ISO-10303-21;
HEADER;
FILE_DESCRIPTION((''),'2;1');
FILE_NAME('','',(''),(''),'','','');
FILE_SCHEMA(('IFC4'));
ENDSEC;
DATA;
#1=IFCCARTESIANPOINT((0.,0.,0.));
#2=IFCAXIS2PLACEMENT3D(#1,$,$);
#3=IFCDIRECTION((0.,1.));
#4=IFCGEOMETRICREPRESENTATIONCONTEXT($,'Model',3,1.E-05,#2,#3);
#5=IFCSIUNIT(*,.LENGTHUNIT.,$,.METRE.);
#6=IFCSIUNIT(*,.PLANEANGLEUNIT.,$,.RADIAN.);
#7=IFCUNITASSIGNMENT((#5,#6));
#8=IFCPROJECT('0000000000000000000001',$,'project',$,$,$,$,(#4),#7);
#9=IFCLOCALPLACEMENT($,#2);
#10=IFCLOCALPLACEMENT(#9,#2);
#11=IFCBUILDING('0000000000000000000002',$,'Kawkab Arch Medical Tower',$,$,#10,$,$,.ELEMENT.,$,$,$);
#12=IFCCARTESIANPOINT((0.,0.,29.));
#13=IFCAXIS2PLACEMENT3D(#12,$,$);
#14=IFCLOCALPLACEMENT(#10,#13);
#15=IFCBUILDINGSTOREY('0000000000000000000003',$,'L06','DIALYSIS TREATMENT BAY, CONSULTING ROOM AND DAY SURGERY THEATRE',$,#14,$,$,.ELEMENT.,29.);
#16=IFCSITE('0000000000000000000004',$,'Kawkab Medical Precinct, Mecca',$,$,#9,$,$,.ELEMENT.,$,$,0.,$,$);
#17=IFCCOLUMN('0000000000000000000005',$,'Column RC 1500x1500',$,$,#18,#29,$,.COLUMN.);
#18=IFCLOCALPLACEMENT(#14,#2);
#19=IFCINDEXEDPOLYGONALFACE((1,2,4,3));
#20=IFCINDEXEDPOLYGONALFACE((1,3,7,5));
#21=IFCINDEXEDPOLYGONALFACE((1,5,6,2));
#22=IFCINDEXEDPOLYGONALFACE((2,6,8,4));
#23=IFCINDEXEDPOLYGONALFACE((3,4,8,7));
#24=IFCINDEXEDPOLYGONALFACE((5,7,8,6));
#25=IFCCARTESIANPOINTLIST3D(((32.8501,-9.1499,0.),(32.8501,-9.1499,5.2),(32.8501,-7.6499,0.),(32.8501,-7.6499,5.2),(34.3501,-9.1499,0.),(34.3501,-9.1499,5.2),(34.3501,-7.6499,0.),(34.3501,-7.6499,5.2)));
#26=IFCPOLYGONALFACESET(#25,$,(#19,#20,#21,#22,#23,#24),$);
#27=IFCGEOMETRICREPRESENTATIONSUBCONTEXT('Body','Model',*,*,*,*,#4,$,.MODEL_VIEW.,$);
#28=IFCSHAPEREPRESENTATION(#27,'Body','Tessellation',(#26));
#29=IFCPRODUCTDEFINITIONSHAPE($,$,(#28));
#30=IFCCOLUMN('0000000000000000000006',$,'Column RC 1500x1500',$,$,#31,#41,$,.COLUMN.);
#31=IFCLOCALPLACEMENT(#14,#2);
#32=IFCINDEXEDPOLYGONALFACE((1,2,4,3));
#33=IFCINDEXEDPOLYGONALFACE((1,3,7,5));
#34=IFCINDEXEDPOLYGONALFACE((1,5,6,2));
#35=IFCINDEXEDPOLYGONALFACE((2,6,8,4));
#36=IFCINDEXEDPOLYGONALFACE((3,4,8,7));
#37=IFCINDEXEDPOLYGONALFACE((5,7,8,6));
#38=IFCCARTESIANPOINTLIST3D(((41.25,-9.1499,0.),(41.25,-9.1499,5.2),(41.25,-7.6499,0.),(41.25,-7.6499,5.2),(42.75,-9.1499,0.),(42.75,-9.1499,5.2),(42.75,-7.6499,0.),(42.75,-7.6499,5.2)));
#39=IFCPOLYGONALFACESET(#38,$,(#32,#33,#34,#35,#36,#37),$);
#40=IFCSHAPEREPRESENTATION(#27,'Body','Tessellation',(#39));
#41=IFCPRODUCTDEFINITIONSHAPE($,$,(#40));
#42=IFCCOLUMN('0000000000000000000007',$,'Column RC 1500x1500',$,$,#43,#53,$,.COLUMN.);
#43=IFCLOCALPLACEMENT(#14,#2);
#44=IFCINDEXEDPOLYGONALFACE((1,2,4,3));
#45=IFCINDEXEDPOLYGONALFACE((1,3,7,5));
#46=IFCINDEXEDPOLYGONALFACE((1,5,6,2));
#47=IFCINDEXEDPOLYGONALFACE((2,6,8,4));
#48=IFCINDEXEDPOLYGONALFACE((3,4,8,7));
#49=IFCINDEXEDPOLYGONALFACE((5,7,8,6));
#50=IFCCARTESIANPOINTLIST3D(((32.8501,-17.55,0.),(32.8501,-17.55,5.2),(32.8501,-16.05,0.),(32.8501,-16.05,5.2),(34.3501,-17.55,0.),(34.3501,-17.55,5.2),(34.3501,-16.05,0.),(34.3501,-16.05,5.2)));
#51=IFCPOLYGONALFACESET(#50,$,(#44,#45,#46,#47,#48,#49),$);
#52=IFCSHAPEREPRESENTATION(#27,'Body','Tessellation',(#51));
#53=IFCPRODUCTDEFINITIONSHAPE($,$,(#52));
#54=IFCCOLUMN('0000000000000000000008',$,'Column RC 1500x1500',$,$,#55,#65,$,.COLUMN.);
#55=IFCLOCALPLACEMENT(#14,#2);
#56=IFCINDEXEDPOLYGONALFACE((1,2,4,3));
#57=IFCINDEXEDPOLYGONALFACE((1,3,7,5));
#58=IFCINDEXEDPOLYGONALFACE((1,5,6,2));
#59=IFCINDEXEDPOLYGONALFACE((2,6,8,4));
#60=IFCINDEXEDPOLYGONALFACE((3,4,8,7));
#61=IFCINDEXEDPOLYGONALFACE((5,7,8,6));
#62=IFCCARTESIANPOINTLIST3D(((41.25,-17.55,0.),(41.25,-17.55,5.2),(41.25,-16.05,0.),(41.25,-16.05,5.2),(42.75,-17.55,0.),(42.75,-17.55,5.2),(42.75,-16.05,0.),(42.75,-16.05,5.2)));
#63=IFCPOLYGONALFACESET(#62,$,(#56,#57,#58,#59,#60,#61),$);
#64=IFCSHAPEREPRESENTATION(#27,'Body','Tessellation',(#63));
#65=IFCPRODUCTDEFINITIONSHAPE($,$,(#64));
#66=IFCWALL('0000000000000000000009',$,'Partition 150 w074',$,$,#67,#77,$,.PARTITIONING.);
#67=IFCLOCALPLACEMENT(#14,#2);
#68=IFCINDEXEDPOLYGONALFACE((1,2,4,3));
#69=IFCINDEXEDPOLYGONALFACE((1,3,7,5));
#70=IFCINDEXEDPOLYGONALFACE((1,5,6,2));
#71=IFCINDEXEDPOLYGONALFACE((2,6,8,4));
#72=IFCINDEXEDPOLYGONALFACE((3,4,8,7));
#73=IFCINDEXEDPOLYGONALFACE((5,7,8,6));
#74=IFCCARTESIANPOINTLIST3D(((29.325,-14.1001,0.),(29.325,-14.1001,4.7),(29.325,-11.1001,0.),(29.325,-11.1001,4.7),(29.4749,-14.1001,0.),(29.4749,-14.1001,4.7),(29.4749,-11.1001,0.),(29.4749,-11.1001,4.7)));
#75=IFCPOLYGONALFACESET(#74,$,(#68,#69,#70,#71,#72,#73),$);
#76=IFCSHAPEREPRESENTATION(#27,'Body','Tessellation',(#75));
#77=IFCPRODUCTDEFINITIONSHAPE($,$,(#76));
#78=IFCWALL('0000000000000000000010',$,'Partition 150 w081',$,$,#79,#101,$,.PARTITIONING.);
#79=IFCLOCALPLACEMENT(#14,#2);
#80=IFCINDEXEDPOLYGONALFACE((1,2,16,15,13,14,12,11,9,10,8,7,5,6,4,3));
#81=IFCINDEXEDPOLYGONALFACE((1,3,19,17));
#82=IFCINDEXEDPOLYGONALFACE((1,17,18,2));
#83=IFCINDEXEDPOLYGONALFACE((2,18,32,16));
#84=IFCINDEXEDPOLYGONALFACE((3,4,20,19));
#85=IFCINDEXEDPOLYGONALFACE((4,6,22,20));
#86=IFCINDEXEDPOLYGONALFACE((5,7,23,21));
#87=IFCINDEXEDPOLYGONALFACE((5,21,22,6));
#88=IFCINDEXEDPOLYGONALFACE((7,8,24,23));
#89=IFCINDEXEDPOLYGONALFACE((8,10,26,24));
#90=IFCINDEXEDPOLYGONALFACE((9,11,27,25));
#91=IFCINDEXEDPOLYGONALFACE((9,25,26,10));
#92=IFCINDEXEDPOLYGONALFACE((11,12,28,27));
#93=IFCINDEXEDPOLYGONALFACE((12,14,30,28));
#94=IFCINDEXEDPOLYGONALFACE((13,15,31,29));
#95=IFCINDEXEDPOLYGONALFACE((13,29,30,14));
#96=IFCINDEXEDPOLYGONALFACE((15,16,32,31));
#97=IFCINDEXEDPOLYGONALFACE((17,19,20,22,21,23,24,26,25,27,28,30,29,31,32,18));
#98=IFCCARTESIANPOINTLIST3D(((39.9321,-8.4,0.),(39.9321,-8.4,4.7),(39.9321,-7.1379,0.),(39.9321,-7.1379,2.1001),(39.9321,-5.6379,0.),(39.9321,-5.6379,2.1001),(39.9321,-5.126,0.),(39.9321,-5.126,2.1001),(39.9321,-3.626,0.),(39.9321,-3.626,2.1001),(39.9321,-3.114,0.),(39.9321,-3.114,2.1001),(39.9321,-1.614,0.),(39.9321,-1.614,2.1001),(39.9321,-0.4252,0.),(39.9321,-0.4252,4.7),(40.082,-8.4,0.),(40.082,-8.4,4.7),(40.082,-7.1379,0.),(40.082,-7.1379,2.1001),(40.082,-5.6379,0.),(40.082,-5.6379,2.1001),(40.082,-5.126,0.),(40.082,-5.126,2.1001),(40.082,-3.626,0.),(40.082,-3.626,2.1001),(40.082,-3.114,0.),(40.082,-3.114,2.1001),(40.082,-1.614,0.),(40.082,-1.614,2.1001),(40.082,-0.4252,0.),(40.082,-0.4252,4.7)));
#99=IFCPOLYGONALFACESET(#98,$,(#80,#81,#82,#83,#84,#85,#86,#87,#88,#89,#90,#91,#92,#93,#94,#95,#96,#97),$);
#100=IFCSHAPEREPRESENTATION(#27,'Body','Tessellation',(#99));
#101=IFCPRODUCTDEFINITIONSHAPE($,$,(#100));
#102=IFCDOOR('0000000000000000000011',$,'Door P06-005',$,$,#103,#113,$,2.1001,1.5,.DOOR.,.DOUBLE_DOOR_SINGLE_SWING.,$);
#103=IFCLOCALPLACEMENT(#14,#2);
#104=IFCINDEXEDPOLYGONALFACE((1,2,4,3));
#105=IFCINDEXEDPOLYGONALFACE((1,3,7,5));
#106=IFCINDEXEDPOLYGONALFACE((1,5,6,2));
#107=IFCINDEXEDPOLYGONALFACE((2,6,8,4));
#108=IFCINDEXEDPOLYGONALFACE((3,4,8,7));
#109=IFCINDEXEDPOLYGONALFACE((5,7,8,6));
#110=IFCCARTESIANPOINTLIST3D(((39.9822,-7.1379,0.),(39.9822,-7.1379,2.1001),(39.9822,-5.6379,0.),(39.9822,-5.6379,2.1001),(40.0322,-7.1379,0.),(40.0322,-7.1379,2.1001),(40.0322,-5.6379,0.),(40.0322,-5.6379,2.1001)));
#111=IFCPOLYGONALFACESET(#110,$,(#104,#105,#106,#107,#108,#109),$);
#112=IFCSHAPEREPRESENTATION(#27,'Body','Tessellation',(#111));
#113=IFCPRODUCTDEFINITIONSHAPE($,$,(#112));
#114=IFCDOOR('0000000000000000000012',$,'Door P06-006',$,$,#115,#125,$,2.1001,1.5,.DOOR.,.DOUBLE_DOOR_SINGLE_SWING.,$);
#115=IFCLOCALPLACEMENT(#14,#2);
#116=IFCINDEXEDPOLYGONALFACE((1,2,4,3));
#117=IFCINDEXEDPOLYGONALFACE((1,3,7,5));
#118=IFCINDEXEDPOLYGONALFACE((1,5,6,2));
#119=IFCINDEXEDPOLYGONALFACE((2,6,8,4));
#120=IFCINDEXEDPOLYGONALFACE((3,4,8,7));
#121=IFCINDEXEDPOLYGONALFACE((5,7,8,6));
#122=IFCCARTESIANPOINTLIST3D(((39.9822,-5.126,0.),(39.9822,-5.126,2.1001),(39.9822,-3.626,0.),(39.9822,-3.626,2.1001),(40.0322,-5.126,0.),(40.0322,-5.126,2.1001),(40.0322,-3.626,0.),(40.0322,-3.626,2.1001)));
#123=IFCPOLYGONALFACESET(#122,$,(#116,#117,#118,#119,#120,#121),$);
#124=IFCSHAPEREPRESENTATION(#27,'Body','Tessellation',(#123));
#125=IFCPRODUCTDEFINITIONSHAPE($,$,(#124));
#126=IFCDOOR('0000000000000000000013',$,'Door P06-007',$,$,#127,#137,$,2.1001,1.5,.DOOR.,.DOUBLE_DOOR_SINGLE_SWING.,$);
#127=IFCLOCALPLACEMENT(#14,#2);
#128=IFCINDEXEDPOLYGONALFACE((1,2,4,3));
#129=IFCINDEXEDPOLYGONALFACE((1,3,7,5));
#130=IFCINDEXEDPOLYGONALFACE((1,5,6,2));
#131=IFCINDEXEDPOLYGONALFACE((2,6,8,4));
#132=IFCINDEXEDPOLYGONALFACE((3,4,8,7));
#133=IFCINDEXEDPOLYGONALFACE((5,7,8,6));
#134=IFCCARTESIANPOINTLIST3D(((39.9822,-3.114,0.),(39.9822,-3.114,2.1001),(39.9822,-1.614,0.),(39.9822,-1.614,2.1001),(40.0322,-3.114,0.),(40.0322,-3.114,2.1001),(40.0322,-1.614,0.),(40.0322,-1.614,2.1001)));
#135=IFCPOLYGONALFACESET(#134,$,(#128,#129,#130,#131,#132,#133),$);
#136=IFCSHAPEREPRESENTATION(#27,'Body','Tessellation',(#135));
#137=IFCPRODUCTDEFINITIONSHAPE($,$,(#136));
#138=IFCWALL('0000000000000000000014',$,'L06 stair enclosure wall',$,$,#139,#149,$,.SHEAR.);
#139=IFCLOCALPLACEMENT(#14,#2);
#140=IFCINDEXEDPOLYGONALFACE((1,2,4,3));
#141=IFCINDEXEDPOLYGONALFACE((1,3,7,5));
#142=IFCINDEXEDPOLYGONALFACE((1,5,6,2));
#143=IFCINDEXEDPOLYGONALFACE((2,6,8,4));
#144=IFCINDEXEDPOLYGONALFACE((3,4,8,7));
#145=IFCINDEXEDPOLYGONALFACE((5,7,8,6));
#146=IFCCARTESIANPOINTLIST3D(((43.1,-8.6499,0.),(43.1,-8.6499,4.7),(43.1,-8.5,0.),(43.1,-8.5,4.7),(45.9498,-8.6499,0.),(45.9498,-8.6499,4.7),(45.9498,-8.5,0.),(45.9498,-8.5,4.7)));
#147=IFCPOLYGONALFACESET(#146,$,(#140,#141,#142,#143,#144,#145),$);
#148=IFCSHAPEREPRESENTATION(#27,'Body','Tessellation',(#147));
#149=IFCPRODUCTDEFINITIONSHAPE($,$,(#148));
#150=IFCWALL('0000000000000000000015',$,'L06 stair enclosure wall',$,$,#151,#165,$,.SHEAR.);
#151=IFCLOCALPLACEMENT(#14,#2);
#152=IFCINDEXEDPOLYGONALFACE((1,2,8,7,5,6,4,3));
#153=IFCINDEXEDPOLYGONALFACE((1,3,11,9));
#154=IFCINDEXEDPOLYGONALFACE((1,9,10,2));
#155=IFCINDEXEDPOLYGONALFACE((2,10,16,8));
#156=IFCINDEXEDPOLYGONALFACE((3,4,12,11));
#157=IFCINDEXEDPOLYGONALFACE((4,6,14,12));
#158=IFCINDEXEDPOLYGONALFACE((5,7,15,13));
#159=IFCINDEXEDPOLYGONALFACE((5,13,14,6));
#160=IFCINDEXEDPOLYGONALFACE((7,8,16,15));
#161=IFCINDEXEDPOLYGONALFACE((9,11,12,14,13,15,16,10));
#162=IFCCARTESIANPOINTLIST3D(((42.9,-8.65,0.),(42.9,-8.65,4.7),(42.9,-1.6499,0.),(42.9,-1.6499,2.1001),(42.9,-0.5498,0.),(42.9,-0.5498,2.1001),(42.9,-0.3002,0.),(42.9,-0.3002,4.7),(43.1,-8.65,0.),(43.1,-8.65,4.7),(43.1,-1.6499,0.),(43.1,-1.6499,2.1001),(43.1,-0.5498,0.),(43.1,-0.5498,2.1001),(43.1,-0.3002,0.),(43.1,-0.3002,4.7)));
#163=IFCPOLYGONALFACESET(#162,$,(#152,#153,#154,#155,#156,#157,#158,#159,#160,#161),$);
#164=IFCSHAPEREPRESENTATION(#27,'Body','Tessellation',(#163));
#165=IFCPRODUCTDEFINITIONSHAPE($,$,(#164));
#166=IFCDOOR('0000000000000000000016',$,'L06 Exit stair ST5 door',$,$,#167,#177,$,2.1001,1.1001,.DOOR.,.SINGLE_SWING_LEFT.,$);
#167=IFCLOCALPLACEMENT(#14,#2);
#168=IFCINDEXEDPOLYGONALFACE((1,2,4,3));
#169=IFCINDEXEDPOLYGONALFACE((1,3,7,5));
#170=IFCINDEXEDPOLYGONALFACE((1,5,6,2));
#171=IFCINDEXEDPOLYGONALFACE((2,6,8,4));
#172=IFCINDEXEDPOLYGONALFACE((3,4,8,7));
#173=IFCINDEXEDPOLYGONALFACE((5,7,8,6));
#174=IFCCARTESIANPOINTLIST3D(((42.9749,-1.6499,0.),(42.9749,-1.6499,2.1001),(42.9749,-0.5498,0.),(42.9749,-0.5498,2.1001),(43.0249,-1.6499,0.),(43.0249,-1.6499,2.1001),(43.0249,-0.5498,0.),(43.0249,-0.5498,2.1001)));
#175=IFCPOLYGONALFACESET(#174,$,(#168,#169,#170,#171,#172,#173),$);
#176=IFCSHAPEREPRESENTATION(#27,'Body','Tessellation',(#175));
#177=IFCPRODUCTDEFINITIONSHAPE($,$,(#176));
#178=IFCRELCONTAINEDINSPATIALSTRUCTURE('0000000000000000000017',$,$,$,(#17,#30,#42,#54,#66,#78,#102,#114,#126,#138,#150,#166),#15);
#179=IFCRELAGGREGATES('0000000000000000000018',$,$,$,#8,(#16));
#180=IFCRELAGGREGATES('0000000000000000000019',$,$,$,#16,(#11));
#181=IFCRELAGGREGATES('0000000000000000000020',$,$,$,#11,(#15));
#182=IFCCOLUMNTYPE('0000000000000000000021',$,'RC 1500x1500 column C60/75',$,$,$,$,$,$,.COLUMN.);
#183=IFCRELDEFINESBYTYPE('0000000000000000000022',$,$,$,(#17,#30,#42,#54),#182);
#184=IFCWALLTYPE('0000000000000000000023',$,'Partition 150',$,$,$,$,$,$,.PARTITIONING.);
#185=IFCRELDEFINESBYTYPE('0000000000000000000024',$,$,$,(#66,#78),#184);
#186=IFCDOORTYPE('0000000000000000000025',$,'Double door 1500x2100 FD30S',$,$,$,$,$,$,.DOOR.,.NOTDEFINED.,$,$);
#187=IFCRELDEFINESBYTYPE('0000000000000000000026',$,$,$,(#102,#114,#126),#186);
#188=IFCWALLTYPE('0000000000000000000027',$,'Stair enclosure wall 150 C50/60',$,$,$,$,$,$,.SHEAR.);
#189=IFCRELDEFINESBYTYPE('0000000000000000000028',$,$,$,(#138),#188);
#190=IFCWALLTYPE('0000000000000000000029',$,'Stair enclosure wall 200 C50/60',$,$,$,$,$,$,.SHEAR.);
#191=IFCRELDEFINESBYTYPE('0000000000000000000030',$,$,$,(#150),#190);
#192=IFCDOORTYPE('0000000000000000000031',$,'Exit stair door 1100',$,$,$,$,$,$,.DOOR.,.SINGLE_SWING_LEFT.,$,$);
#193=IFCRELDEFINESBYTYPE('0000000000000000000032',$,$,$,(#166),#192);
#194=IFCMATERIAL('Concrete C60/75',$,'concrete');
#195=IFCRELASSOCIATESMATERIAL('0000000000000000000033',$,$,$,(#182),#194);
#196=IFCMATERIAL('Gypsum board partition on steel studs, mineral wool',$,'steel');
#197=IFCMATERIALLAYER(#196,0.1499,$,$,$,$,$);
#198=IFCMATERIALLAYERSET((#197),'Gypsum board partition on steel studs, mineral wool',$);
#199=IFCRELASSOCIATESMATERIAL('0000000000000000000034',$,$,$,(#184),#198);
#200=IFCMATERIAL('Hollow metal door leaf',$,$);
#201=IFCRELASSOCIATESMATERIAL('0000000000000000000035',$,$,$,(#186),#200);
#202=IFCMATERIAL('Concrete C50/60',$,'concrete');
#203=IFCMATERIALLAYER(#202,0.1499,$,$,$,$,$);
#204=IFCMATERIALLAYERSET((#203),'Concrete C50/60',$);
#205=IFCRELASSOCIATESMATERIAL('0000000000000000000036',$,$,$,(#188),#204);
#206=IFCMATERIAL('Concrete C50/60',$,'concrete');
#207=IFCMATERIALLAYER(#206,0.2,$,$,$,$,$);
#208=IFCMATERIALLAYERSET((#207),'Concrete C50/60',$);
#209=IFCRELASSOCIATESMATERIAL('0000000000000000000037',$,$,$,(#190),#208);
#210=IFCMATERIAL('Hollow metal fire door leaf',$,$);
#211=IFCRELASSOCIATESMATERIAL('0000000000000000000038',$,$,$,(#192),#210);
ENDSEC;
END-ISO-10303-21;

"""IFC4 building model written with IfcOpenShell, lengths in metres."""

from ifc_helpers import new_model, si_unit, direction, frame, frame_2d, origin, origin_2d, place, context, subcontext, project, spatial, rectangle, extrude, material, layer, layer_set, material_profile, profile_set, type_object, element, fill, save


model = new_model("IFC4")

# Units and contexts
model_context = context("Model", 3, precision=1e-05, world=origin(), true_north=direction((0.0, 1.0)))
body_context = subcontext(model_context, "Body", "Model", "MODEL_VIEW")
ifc_project = project(units=[si_unit("LENGTHUNIT", "METRE"), si_unit("PLANEANGLEUNIT", "RADIAN")], contexts=[model_context])

# Site, building, storey
site_placement = place(None, origin())
site = spatial("IfcSite", under=ifc_project, at=site_placement, Name="Kawkab Medical Precinct, Mecca", CompositionType="ELEMENT", RefElevation=0.0)
building_placement = place(site_placement, origin())
building = spatial("IfcBuilding", under=site, at=building_placement, Name="Kawkab Arch Medical Tower", CompositionType="ELEMENT")
storey_placement = place(building_placement, frame((0.0, 0.0, 29.0)))
storey = spatial("IfcBuildingStorey", under=building, at=storey_placement, Name="L06", Description="DIALYSIS TREATMENT BAY, CONSULTING ROOM AND DAY SURGERY THEATRE", CompositionType="ELEMENT", Elevation=29.0)

# Columns
ifc_material_1 = material(Name="Concrete C60/75", Category="concrete")
ifc_material_profile = material_profile(ifc_material_1, rectangle(XDim=1.5, YDim=1.5, at=origin_2d()), Name="RC 1500x1500")
ifc_profile_set = profile_set([ifc_material_profile], Name="Concrete C60/75")
column_type = type_object("IfcColumnType", Name="RC 1500x1500 column C60/75", PredefinedType="COLUMN", material=ifc_profile_set)
for number, where, z_axis, x_axis, name in (
    (1, (33.6001, -8.3999, 0.0), (0.0, 0.0, 1.0), (1.0, 0.0, 0.0), "Column RC 1500x1500"),
    (2, (42.0, -8.3999, 0.0), (0.0, 0.0, 1.0), (1.0, 0.0, 0.0), "Column RC 1500x1500"),
    (3, (33.6001, -16.8, 0.0), (0.0, 0.0, 1.0), (1.0, 0.0, 0.0), "Column RC 1500x1500"),
    (4, (42.0, -16.8, 0.0), (0.0, 0.0, 1.0), (1.0, 0.0, 0.0), "Column RC 1500x1500"),
):
    element("IfcColumn", number, at=place(storey_placement, frame(where, z_axis=z_axis, x_axis=x_axis)), inside=storey, type_object=column_type, Name=name, PredefinedType="COLUMN", context=body_context, shape_type="SweptSolid", body=[
        extrude(rectangle(XDim=1.5, YDim=1.5, at=origin_2d()), origin(), (0.0, 0.0, 1.0), 5.2),
    ])

# Shared definitions
ifc_material_2 = material(Name="Gypsum board partition on steel studs, mineral wool", Category="steel")
ifc_layer_1 = layer(ifc_material_2, 0.1499)
ifc_layer_set_1 = layer_set([ifc_layer_1], Name="Gypsum board partition on steel studs, mineral wool")
wall_type_1 = type_object("IfcWallType", Name="Partition 150", PredefinedType="PARTITIONING", material=ifc_layer_set_1)

# Wall
wall_1_placement = place(storey_placement, frame((29.3999, -14.1001, 0.0), z_axis=(0.0, 0.0, 1.0), x_axis=(0.0, 1.0, 0.0)))
element("IfcWall", 5, at=wall_1_placement, inside=storey, type_object=wall_type_1, Name="Partition 150 w074", PredefinedType="PARTITIONING", context=body_context, shape_type="SweptSolid", body=[
    extrude(rectangle(XDim=3.0, YDim=0.1499, at=frame_2d((1.5, 0.0))), origin(), (0.0, 0.0, 1.0), 4.7),
])

# Wall, openings, doors
wall_2_placement = place(storey_placement, frame((40.0071, -8.3999, 0.0), z_axis=(0.0, 0.0, 1.0), x_axis=(0.0, 1.0, 0.0)))
wall_2 = element("IfcWall", 6, at=wall_2_placement, inside=storey, type_object=wall_type_1, Name="Partition 150 w081", PredefinedType="PARTITIONING", context=body_context, shape_type="SweptSolid", body=[
    extrude(rectangle(XDim=7.9749, YDim=0.1499, at=frame_2d((3.9873, 0.0))), origin(), (0.0, 0.0, 1.0), 4.7),
])
opening_1_placement = place(wall_2_placement, frame((1.262, 0.0, 0.0)))
opening_1 = element("IfcOpeningElement", 7, at=opening_1_placement, cuts=wall_2, PredefinedType="OPENING", context=body_context, shape_type="SweptSolid", body=[
    extrude(rectangle(XDim=1.5, YDim=2.1001, at=frame_2d((0.75, 1.05))), frame((0.0, 0.085, 0.0), z_axis=(0.0, -1.0, 0.0), x_axis=(1.0, 0.0, 0.0)), (0.0, 0.0, 1.0), 0.1699),
])
opening_2_placement = place(wall_2_placement, frame((3.2739, 0.0, 0.0)))
opening_2 = element("IfcOpeningElement", 8, at=opening_2_placement, cuts=wall_2, PredefinedType="OPENING", context=body_context, shape_type="SweptSolid", body=[
    extrude(rectangle(XDim=1.5, YDim=2.1001, at=frame_2d((0.75, 1.05))), frame((0.0, 0.085, 0.0), z_axis=(0.0, -1.0, 0.0), x_axis=(1.0, 0.0, 0.0)), (0.0, 0.0, 1.0), 0.1699),
])
opening_3_placement = place(wall_2_placement, frame((5.2859, 0.0, 0.0)))
opening_3 = element("IfcOpeningElement", 9, at=opening_3_placement, cuts=wall_2, PredefinedType="OPENING", context=body_context, shape_type="SweptSolid", body=[
    extrude(rectangle(XDim=1.5, YDim=2.1001, at=frame_2d((0.75, 1.05))), frame((0.0, 0.085, 0.0), z_axis=(0.0, -1.0, 0.0), x_axis=(1.0, 0.0, 0.0)), (0.0, 0.0, 1.0), 0.1699),
])
ifc_material_3 = material(Name="Hollow metal door leaf")
door_type_1 = type_object("IfcDoorType", Name="Double door 1500x2100 FD30S", OperationType="NOTDEFINED", PredefinedType="DOOR", material=ifc_material_3)
door_1_placement = place(opening_1_placement, origin())
door_1 = element("IfcDoor", 10, at=door_1_placement, inside=storey, type_object=door_type_1, Name="Door P06-005", OperationType="DOUBLE_DOOR_SINGLE_SWING", OverallHeight=2.1001, OverallWidth=1.5, PredefinedType="DOOR", context=body_context, shape_type="SweptSolid", body=[
    extrude(rectangle(XDim=1.5, YDim=2.1001, at=frame_2d((0.75, 1.05))), frame((0.0, 0.0249, 0.0), z_axis=(0.0, -1.0, 0.0), x_axis=(1.0, 0.0, 0.0)), (0.0, 0.0, 1.0), 0.05),
])
fill(opening_1, door_1)
door_2_placement = place(opening_2_placement, origin())
door_2 = element("IfcDoor", 11, at=door_2_placement, inside=storey, type_object=door_type_1, Name="Door P06-006", OperationType="DOUBLE_DOOR_SINGLE_SWING", OverallHeight=2.1001, OverallWidth=1.5, PredefinedType="DOOR", context=body_context, shape_type="SweptSolid", body=[
    extrude(rectangle(XDim=1.5, YDim=2.1001, at=frame_2d((0.75, 1.05))), frame((0.0, 0.0249, 0.0), z_axis=(0.0, -1.0, 0.0), x_axis=(1.0, 0.0, 0.0)), (0.0, 0.0, 1.0), 0.05),
])
fill(opening_2, door_2)
door_3_placement = place(opening_3_placement, origin())
door_3 = element("IfcDoor", 12, at=door_3_placement, inside=storey, type_object=door_type_1, Name="Door P06-007", OperationType="DOUBLE_DOOR_SINGLE_SWING", OverallHeight=2.1001, OverallWidth=1.5, PredefinedType="DOOR", context=body_context, shape_type="SweptSolid", body=[
    extrude(rectangle(XDim=1.5, YDim=2.1001, at=frame_2d((0.75, 1.05))), frame((0.0, 0.0249, 0.0), z_axis=(0.0, -1.0, 0.0), x_axis=(1.0, 0.0, 0.0)), (0.0, 0.0, 1.0), 0.05),
])
fill(opening_3, door_3)

# Wall
ifc_material_4 = material(Name="Concrete C50/60", Category="concrete")
ifc_layer_2 = layer(ifc_material_4, 0.1499)
ifc_layer_set_2 = layer_set([ifc_layer_2], Name="Concrete C50/60")
wall_type_2 = type_object("IfcWallType", Name="Stair enclosure wall 150 C50/60", PredefinedType="SHEAR", material=ifc_layer_set_2)
wall_3_placement = place(storey_placement, frame((43.1001, -8.575, 0.0), z_axis=(0.0, 0.0, 1.0), x_axis=(1.0, 0.0, 0.0)))
element("IfcWall", 13, at=wall_3_placement, inside=storey, type_object=wall_type_2, Name="L06 stair enclosure wall", PredefinedType="SHEAR", context=body_context, shape_type="SweptSolid", body=[
    extrude(rectangle(XDim=2.8499, YDim=0.1499, at=frame_2d((1.4248, 0.0))), origin(), (0.0, 0.0, 1.0), 4.7),
])

# Wall, opening, door
ifc_material_5 = material(Name="Concrete C50/60", Category="concrete")
ifc_layer_3 = layer(ifc_material_5, 0.2)
ifc_layer_set_3 = layer_set([ifc_layer_3], Name="Concrete C50/60")
wall_type_3 = type_object("IfcWallType", Name="Stair enclosure wall 200 C50/60", PredefinedType="SHEAR", material=ifc_layer_set_3)
wall_4_placement = place(storey_placement, frame((43.0, -8.6499, 0.0), z_axis=(0.0, 0.0, 1.0), x_axis=(0.0, 1.0, 0.0)))
wall_4 = element("IfcWall", 14, at=wall_4_placement, inside=storey, type_object=wall_type_3, Name="L06 stair enclosure wall", PredefinedType="SHEAR", context=body_context, shape_type="SweptSolid", body=[
    extrude(rectangle(XDim=8.3499, YDim=0.2, at=frame_2d((4.1748, 0.0))), origin(), (0.0, 0.0, 1.0), 4.7),
])
opening_4_placement = place(wall_4_placement, frame((7.0, 0.0, 0.0)))
opening_4 = element("IfcOpeningElement", 15, at=opening_4_placement, cuts=wall_4, PredefinedType="OPENING", context=body_context, shape_type="SweptSolid", body=[
    extrude(rectangle(XDim=1.1001, YDim=2.1001, at=frame_2d((0.55, 1.05))), frame((0.0, 0.1099, 0.0), z_axis=(0.0, -1.0, 0.0), x_axis=(1.0, 0.0, 0.0)), (0.0, 0.0, 1.0), 0.22),
])
ifc_material_6 = material(Name="Hollow metal fire door leaf")
door_type_2 = type_object("IfcDoorType", Name="Exit stair door 1100", OperationType="SINGLE_SWING_LEFT", PredefinedType="DOOR", material=ifc_material_6)
door_4_placement = place(opening_4_placement, frame((1.1001, 0.0, 0.0), z_axis=(0.0, 0.0, 1.0), x_axis=(-1.0, 0.0, 0.0)))
door_4 = element("IfcDoor", 16, at=door_4_placement, inside=storey, type_object=door_type_2, Name="L06 Exit stair ST5 door", OperationType="SINGLE_SWING_LEFT", OverallHeight=2.1001, OverallWidth=1.1001, PredefinedType="DOOR", context=body_context, shape_type="SweptSolid", body=[
    extrude(rectangle(XDim=1.1001, YDim=2.1001, at=frame_2d((0.55, 1.05))), frame((0.0, 0.0249, 0.0), z_axis=(0.0, -1.0, 0.0), x_axis=(1.0, 0.0, 0.0)), (0.0, 0.0, 1.0), 0.05),
])
fill(opening_4, door_4)

save(model, "model.ifc")
